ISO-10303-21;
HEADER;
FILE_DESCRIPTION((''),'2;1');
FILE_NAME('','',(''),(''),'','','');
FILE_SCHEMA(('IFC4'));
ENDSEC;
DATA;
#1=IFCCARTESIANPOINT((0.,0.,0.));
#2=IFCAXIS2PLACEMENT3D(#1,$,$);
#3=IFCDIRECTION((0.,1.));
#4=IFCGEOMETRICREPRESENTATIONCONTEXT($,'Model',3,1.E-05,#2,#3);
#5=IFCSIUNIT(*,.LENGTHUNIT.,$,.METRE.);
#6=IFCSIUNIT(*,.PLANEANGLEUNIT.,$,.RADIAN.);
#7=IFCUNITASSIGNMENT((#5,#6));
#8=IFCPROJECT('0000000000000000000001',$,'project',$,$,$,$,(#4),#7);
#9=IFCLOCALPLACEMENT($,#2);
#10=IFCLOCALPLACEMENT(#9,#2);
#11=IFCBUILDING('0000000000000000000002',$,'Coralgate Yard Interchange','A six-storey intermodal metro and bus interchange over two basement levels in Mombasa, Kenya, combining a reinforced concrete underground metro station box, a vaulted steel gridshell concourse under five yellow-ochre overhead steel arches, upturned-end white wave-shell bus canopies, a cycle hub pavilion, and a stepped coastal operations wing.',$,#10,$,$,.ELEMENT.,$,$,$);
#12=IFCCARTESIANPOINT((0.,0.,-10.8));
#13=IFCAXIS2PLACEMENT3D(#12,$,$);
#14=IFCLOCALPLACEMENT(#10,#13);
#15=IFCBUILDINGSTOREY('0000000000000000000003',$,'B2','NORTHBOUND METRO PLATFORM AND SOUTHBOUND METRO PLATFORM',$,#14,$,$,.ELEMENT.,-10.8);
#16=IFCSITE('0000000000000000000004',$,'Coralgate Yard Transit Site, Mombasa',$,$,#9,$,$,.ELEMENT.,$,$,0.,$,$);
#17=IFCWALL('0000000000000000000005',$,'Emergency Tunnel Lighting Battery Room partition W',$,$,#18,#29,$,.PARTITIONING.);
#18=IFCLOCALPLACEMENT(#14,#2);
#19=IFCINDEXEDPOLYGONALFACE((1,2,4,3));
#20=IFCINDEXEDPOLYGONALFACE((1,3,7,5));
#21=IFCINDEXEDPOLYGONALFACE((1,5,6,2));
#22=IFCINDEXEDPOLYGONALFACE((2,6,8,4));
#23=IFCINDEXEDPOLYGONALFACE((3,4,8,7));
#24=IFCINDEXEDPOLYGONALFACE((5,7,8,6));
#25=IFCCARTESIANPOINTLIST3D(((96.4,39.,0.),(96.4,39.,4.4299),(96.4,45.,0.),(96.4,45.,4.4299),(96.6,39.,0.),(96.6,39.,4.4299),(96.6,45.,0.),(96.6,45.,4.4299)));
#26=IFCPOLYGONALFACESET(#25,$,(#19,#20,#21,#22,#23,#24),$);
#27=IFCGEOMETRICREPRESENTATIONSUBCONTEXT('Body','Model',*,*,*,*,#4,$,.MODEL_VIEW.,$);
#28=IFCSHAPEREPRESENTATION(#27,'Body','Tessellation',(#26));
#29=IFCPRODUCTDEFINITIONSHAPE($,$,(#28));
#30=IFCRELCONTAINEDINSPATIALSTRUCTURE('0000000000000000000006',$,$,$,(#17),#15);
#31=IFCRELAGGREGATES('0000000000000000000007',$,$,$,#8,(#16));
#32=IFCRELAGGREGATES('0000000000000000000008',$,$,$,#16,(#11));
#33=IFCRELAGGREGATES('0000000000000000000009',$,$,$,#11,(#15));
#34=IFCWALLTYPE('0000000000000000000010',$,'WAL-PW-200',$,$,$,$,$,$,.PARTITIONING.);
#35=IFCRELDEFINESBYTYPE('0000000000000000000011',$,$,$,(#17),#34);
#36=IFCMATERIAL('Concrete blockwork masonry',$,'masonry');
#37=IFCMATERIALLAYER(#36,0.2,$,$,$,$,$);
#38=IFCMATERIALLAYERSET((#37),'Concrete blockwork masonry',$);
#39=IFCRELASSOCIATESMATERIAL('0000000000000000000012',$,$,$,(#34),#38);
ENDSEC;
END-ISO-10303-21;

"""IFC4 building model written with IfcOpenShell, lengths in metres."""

from ifc_helpers import new_model, si_unit, direction, frame, frame_2d, origin, place, context, subcontext, project, spatial, rectangle, extrude, material, layer, layer_set, type_object, element, save


model = new_model("IFC4")

# Units and contexts
model_context = context("Model", 3, precision=1e-05, world=origin(), true_north=direction((0.0, 1.0)))
body_context = subcontext(model_context, "Body", "Model", "MODEL_VIEW")
ifc_project = project(units=[si_unit("LENGTHUNIT", "METRE"), si_unit("PLANEANGLEUNIT", "RADIAN")], contexts=[model_context])

# Site, building, storey
site_placement = place(None, origin())
site = spatial("IfcSite", under=ifc_project, at=site_placement, Name="Coralgate Yard Transit Site, Mombasa", CompositionType="ELEMENT", RefElevation=0.0)
building_placement = place(site_placement, origin())
building = spatial("IfcBuilding", under=site, at=building_placement, Name="Coralgate Yard Interchange", Description="A six-storey intermodal metro and bus interchange over two basement levels in Mombasa, Kenya, combining a reinforced concrete underground metro station box, a vaulted steel gridshell concourse under five yellow-ochre overhead steel arches, upturned-end white wave-shell bus canopies, a cycle hub pavilion, and a stepped coastal operations wing.", CompositionType="ELEMENT")
storey_placement = place(building_placement, frame((0.0, 0.0, -10.8)))
storey = spatial("IfcBuildingStorey", under=building, at=storey_placement, Name="B2", Description="NORTHBOUND METRO PLATFORM AND SOUTHBOUND METRO PLATFORM", CompositionType="ELEMENT", Elevation=-10.8)

# Shared definitions
ifc_material_1 = material(Name="Concrete blockwork masonry", Category="masonry")
ifc_layer_1 = layer(ifc_material_1, 0.2)
ifc_layer_set_1 = layer_set([ifc_layer_1], Name="Concrete blockwork masonry")
wall_type_1 = type_object("IfcWallType", Name="WAL-PW-200", PredefinedType="PARTITIONING", material=ifc_layer_set_1)

# Wall
wall_1_placement = place(storey_placement, frame((96.5, 39.0, 0.0), z_axis=(0.0, 0.0, 1.0), x_axis=(0.0, 1.0, 0.0)))
element("IfcWall", 1, at=wall_1_placement, inside=storey, type_object=wall_type_1, Name="Emergency Tunnel Lighting Battery Room partition W", PredefinedType="PARTITIONING", context=body_context, shape_type="SweptSolid", body=[
    extrude(rectangle(XDim=6.0, YDim=0.2, at=frame_2d((3.0, 0.0))), origin(), (0.0, 0.0, 1.0), 4.4299),
])

save(model, "model.ifc")
